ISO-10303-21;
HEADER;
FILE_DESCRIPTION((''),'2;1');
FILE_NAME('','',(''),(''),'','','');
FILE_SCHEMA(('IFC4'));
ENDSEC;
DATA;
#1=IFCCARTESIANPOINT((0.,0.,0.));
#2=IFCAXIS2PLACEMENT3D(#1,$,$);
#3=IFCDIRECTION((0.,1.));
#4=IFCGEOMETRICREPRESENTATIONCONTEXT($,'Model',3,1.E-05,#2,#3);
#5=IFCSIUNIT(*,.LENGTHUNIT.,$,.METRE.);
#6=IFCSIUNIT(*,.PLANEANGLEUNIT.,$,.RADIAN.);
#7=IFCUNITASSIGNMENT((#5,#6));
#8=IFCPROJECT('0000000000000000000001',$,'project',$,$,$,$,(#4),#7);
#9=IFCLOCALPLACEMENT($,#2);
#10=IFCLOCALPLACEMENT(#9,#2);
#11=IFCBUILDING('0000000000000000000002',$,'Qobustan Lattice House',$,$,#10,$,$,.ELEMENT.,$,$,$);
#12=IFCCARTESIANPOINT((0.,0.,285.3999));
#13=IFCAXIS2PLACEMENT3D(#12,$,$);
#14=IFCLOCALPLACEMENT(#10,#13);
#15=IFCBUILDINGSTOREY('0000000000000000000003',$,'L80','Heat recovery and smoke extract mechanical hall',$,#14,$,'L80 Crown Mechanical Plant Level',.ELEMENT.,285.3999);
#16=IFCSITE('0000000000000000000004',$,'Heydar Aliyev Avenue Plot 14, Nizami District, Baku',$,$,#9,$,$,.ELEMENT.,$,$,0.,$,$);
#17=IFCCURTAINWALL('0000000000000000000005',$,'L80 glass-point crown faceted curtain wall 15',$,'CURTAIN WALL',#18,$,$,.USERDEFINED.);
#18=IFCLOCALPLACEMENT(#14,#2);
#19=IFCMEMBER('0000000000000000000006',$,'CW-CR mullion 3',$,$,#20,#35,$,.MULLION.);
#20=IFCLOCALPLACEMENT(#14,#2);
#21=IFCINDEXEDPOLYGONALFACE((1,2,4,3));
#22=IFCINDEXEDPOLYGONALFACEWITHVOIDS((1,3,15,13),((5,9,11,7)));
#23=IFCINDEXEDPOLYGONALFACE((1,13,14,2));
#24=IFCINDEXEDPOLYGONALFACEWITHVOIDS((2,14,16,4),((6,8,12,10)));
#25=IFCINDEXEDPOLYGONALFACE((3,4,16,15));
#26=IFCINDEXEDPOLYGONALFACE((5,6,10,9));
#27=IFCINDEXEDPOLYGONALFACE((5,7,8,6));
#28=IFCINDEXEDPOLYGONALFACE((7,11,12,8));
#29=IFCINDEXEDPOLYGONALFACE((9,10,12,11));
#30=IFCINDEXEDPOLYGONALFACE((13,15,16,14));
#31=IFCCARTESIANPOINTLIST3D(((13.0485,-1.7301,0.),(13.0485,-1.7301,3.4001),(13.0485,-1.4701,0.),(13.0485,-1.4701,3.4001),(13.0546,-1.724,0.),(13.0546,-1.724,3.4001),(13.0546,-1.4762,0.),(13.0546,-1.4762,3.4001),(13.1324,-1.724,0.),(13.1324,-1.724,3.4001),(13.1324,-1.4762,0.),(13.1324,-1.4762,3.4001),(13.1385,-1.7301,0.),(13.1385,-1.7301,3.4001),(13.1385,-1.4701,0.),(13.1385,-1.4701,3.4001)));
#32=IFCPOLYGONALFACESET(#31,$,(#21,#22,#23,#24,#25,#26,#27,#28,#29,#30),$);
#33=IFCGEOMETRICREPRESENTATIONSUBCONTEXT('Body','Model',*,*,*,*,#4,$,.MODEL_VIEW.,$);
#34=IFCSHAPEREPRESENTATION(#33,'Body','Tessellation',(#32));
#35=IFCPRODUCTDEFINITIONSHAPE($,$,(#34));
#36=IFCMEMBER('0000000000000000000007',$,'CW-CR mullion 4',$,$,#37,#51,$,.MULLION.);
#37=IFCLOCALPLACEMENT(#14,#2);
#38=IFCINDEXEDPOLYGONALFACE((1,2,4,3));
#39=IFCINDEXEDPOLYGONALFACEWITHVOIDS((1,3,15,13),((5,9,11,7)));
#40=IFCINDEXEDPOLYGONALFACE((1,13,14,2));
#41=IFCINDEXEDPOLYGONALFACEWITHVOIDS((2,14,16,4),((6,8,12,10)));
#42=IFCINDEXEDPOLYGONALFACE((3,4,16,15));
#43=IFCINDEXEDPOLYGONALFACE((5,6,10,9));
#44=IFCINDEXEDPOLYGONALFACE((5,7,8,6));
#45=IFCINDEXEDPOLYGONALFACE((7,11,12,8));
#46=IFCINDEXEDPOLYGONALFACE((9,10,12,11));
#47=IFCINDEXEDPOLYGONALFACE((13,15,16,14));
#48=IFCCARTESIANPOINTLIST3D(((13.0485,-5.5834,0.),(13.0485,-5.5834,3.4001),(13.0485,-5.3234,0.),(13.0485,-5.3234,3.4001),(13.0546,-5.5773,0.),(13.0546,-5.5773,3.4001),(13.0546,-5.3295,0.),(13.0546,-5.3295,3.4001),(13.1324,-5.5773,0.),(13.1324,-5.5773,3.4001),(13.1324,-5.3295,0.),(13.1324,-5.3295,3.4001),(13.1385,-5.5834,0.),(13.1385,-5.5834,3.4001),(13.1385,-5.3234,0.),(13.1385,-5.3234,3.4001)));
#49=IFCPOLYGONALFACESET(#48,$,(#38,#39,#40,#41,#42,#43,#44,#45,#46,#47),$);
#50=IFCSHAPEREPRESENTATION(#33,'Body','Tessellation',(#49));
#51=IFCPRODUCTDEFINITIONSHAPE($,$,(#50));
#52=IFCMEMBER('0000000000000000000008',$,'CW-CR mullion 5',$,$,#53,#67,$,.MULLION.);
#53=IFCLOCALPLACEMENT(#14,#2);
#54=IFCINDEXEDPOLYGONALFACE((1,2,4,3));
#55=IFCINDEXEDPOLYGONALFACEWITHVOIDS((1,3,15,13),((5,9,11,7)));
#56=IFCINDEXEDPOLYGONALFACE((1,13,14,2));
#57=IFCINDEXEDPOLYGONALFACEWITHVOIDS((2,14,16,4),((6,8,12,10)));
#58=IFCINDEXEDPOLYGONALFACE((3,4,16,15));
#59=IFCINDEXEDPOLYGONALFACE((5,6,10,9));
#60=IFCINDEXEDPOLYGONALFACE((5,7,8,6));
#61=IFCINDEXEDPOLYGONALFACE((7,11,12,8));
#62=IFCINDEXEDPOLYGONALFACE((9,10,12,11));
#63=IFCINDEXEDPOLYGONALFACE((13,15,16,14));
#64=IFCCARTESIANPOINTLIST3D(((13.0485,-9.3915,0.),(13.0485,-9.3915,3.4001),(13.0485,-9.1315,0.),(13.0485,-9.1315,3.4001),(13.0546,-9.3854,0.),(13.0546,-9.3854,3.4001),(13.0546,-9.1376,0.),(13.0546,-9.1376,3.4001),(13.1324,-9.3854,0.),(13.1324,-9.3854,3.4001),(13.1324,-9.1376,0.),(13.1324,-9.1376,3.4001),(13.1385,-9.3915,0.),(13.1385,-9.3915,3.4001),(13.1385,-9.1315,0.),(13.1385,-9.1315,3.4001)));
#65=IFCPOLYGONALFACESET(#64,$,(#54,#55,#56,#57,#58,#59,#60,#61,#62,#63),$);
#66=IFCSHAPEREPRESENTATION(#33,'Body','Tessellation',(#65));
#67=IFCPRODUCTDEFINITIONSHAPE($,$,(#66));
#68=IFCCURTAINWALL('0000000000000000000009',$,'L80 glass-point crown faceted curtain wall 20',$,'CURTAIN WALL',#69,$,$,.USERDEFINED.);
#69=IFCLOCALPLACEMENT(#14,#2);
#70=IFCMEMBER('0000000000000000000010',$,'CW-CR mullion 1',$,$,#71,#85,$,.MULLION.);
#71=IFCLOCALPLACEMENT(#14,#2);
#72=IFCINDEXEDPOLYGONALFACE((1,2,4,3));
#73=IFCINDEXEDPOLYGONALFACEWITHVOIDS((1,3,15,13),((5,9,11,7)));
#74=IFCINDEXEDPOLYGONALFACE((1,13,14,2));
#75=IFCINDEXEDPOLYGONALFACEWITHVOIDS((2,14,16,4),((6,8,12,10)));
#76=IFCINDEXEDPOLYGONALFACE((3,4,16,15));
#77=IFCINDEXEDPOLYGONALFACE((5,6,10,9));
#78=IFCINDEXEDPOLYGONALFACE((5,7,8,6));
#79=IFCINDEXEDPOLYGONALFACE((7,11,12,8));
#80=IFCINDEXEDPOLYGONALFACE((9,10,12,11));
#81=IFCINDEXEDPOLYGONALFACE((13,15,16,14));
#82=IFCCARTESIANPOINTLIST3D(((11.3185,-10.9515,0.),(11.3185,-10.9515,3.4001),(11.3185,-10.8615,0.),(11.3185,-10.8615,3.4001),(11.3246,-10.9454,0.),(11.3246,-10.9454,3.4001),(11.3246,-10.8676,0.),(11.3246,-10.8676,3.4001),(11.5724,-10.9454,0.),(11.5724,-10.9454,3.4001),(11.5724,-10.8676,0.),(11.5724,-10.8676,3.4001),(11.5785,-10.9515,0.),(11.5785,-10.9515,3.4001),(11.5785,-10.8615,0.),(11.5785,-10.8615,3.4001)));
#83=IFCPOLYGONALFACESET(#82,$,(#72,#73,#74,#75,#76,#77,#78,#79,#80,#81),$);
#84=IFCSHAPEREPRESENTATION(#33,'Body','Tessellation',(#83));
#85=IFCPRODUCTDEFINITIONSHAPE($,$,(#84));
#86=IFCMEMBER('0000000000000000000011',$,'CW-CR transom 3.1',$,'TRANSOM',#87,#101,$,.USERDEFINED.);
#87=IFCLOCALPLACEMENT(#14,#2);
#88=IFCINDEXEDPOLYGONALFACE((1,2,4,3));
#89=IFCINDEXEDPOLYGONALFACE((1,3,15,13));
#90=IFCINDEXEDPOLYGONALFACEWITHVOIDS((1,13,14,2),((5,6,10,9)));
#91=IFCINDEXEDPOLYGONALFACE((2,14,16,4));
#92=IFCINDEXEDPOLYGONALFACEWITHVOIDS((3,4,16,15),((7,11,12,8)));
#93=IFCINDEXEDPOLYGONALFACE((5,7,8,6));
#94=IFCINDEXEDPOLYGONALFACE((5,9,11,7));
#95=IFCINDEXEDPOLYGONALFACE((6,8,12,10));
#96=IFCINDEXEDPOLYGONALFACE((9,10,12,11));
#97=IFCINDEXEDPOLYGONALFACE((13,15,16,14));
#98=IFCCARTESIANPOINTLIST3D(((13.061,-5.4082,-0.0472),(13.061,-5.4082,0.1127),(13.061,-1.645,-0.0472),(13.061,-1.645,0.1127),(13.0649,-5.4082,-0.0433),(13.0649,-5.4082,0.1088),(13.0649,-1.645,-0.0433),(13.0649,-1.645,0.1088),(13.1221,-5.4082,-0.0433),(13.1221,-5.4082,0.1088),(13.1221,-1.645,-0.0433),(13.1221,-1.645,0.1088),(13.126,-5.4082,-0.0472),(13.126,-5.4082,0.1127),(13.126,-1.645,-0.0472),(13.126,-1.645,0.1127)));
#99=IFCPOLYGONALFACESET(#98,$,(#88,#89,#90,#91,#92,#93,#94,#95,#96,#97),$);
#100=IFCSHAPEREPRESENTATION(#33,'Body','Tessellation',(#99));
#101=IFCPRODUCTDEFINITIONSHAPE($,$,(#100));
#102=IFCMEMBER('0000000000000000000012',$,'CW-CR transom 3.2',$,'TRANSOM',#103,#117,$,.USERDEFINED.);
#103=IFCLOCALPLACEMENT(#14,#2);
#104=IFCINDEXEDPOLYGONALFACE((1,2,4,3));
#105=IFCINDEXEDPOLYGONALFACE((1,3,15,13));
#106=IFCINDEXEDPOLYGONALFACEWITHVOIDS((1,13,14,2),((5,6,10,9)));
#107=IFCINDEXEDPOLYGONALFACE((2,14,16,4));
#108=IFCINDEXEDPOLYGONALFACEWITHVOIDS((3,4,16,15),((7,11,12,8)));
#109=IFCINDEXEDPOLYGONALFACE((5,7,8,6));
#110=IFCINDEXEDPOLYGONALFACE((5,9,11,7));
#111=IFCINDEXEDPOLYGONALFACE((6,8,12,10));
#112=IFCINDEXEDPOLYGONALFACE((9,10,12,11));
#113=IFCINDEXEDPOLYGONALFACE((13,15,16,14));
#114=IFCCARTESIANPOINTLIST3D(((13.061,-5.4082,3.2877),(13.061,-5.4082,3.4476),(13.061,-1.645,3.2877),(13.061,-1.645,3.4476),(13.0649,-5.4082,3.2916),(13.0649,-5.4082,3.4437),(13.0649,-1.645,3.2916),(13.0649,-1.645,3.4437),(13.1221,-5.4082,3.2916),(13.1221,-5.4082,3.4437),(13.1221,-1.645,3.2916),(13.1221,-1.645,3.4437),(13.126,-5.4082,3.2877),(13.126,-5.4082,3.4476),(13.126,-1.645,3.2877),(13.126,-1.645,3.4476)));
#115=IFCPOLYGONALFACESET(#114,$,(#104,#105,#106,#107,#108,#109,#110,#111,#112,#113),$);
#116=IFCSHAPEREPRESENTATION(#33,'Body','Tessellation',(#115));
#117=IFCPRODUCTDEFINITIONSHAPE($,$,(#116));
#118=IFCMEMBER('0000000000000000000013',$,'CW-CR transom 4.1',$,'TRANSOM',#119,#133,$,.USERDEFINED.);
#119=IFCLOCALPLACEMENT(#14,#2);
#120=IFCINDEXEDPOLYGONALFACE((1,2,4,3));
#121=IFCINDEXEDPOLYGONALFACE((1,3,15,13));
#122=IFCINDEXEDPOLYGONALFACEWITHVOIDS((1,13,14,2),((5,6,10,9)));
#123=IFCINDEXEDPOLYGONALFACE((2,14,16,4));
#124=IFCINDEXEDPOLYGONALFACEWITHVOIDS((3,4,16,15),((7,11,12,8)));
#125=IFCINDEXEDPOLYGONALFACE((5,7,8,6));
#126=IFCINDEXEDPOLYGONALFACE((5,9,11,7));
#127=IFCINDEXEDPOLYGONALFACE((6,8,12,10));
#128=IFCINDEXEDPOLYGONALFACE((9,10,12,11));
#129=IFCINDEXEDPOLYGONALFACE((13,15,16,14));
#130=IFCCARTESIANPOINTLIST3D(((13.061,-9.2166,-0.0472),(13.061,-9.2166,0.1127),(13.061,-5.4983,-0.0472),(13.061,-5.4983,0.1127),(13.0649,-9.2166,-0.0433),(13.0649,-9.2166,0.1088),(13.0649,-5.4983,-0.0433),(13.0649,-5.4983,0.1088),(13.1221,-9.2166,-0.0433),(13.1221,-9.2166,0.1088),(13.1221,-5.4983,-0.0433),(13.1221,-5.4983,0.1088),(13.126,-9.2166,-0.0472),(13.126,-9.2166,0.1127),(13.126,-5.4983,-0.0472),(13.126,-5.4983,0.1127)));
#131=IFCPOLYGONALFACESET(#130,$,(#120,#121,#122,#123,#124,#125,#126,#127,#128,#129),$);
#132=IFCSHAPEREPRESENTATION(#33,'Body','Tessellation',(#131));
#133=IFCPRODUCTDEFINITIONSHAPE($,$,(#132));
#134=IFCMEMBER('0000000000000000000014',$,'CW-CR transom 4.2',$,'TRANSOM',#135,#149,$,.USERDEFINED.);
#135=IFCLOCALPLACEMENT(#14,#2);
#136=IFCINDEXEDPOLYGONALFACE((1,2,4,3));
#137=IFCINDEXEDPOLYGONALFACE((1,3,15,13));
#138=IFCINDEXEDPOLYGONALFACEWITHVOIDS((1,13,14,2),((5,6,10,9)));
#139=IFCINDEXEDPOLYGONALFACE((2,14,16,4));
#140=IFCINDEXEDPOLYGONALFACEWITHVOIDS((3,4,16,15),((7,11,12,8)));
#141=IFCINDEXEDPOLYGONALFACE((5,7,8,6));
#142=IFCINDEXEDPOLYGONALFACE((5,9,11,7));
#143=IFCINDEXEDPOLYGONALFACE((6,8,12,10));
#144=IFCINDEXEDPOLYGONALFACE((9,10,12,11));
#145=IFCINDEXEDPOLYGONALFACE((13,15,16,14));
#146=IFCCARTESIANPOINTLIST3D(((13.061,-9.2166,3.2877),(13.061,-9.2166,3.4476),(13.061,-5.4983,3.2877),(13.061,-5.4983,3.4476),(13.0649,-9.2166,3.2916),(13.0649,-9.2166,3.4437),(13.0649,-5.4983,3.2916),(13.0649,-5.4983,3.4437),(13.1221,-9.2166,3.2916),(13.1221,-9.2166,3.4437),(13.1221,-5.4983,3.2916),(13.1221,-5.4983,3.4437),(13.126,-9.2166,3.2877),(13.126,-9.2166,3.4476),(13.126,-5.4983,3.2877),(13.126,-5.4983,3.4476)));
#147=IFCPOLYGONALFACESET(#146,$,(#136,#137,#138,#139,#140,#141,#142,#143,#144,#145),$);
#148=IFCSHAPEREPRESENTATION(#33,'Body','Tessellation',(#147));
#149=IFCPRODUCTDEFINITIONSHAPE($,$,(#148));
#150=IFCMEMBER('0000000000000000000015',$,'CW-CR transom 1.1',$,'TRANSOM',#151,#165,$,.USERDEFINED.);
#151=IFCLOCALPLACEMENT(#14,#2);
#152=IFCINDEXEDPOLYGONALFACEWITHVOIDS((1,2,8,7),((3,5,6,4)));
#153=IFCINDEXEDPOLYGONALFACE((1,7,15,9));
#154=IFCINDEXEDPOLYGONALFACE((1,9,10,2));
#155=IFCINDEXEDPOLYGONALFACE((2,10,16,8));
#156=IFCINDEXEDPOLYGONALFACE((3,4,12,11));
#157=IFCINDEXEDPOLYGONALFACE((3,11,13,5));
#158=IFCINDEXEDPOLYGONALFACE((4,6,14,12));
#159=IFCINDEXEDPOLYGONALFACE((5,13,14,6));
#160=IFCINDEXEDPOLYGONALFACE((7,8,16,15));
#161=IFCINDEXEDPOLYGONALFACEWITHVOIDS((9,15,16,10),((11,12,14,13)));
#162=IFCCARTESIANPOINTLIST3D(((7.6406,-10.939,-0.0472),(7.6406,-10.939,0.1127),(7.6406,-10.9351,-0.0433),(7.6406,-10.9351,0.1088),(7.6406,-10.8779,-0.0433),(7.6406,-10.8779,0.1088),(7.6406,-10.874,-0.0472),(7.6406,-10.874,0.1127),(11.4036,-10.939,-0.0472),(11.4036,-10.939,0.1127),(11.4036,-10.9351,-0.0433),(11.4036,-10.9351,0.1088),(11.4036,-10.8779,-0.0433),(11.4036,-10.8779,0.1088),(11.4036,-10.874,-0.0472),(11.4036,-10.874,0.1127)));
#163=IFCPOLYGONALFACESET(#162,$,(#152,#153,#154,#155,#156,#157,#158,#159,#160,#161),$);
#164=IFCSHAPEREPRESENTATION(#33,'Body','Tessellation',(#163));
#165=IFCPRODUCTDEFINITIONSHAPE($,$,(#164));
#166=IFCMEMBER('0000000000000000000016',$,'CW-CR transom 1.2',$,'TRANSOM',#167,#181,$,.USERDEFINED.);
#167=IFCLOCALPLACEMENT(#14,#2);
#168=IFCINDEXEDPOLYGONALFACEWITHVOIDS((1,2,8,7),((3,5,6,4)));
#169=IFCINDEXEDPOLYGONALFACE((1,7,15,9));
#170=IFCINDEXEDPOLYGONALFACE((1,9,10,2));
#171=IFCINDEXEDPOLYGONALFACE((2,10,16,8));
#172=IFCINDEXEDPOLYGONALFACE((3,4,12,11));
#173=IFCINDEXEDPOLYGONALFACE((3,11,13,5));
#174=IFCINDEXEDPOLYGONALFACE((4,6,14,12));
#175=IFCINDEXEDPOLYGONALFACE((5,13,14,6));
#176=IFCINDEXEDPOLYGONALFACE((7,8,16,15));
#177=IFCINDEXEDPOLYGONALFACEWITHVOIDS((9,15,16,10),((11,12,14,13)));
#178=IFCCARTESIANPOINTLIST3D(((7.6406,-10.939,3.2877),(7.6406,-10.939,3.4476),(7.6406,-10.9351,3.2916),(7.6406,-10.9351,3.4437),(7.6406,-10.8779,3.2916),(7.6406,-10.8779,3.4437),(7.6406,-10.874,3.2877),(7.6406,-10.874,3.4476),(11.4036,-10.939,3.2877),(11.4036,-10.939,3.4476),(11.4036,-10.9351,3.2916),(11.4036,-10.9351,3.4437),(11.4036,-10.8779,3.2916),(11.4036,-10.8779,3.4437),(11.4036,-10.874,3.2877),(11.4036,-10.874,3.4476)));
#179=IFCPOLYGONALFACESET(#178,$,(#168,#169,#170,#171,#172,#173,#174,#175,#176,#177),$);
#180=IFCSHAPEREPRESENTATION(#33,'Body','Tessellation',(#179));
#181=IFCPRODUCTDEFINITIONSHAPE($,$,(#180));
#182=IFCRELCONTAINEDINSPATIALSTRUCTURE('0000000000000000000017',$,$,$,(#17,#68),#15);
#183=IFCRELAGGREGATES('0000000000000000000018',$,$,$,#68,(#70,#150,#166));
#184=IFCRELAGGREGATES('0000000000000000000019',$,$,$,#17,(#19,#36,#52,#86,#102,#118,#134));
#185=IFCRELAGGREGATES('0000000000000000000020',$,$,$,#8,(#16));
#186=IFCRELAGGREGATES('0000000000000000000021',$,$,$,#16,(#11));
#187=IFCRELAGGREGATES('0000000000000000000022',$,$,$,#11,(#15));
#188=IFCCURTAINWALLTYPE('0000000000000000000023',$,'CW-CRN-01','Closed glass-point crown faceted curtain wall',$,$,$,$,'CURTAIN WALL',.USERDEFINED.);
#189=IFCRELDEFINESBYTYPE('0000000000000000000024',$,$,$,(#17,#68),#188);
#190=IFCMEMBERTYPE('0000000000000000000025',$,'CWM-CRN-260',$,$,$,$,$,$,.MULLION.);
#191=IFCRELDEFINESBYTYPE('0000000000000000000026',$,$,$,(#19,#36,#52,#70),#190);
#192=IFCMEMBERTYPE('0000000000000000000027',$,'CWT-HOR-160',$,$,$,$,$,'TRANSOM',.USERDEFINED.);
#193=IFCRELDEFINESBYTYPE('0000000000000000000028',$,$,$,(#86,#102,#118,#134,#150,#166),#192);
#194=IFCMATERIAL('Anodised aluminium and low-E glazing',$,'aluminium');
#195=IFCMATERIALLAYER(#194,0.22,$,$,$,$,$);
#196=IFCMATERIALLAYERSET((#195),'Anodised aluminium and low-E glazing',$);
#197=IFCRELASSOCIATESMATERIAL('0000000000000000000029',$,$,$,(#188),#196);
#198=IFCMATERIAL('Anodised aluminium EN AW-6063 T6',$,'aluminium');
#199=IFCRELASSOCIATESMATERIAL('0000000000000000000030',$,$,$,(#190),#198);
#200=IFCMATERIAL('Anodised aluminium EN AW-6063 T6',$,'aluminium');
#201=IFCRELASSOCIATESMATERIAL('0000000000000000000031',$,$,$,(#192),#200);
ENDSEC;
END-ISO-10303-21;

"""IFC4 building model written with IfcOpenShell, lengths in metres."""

from ifc_helpers import new_model, si_unit, direction, frame, origin, origin_2d, place, context, subcontext, project, spatial, hollow_rectangle, extrude, material, layer, layer_set, material_profile, profile_set, type_object, element, aggregate, save


model = new_model("IFC4")

# Units and contexts
model_context = context("Model", 3, precision=1e-05, world=origin(), true_north=direction((0.0, 1.0)))
body_context = subcontext(model_context, "Body", "Model", "MODEL_VIEW")
ifc_project = project(units=[si_unit("LENGTHUNIT", "METRE"), si_unit("PLANEANGLEUNIT", "RADIAN")], contexts=[model_context])

# Site, building, storey
site_placement = place(None, origin())
site = spatial("IfcSite", under=ifc_project, at=site_placement, Name="Heydar Aliyev Avenue Plot 14, Nizami District, Baku", CompositionType="ELEMENT", RefElevation=0.0)
building_placement = place(site_placement, origin())
building = spatial("IfcBuilding", under=site, at=building_placement, Name="Qobustan Lattice House", CompositionType="ELEMENT")
storey_placement = place(building_placement, frame((0.0, 0.0, 285.3999)))
storey = spatial("IfcBuildingStorey", under=building, at=storey_placement, Name="L80", Description="Heat recovery and smoke extract mechanical hall", LongName="L80 Crown Mechanical Plant Level", CompositionType="ELEMENT", Elevation=285.3999)

# Curtain wall, members
ifc_material_1 = material(Name="Anodised aluminium and low-E glazing", Category="aluminium")
ifc_layer_1 = layer(ifc_material_1, 0.22)
ifc_layer_set_1 = layer_set([ifc_layer_1], Name="Anodised aluminium and low-E glazing")
curtain_wall_type = type_object("IfcCurtainWallType", Name="CW-CRN-01", Description="Closed glass-point crown faceted curtain wall", ElementType="CURTAIN WALL", PredefinedType="USERDEFINED", material=ifc_layer_set_1)
curtain_wall_1_placement = place(storey_placement, origin())
curtain_wall_1 = element("IfcCurtainWall", 1, at=curtain_wall_1_placement, inside=storey, type_object=curtain_wall_type, Name="L80 glass-point crown faceted curtain wall 15", ObjectType="CURTAIN WALL", PredefinedType="USERDEFINED")
ifc_material_2 = material(Name="Anodised aluminium EN AW-6063 T6", Category="aluminium")
ifc_material_profile_1 = material_profile(ifc_material_2, hollow_rectangle(XDim=0.0901, YDim=0.26, WallThickness=0.0061, at=origin_2d()), Name="CWM-CROWN-260x90")
ifc_profile_set_1 = profile_set([ifc_material_profile_1], Name="Anodised aluminium EN AW-6063 T6")
member_type_1 = type_object("IfcMemberType", Name="CWM-CRN-260", PredefinedType="MULLION", material=ifc_profile_set_1)
member_1_placement = place(storey_placement, frame((13.0935, -1.6001, 0.0), z_axis=(0.0, 0.0, 1.0), x_axis=(1.0, 0.0, 0.0)))
member_1 = element("IfcMember", 2, at=member_1_placement, type_object=member_type_1, Name="CW-CR mullion 3", PredefinedType="MULLION", context=body_context, shape_type="SweptSolid", body=[
    extrude(hollow_rectangle(XDim=0.0901, YDim=0.26, WallThickness=0.0061, at=origin_2d()), origin(), (0.0, 0.0, 1.0), 3.4001),
])
member_2_placement = place(storey_placement, frame((13.0935, -5.4534, 0.0), z_axis=(0.0, 0.0, 1.0), x_axis=(1.0, 0.0, 0.0)))
member_2 = element("IfcMember", 3, at=member_2_placement, type_object=member_type_1, Name="CW-CR mullion 4", PredefinedType="MULLION", context=body_context, shape_type="SweptSolid", body=[
    extrude(hollow_rectangle(XDim=0.0901, YDim=0.26, WallThickness=0.0061, at=origin_2d()), origin(), (0.0, 0.0, 1.0), 3.4001),
])
member_3_placement = place(storey_placement, frame((13.0935, -9.2615, 0.0), z_axis=(0.0, 0.0, 1.0), x_axis=(1.0, 0.0, 0.0)))
member_3 = element("IfcMember", 4, at=member_3_placement, type_object=member_type_1, Name="CW-CR mullion 5", PredefinedType="MULLION", context=body_context, shape_type="SweptSolid", body=[
    extrude(hollow_rectangle(XDim=0.0901, YDim=0.26, WallThickness=0.0061, at=origin_2d()), origin(), (0.0, 0.0, 1.0), 3.4001),
])

# Curtain wall, member
curtain_wall_2_placement = place(storey_placement, origin())
curtain_wall_2 = element("IfcCurtainWall", 5, at=curtain_wall_2_placement, inside=storey, type_object=curtain_wall_type, Name="L80 glass-point crown faceted curtain wall 20", ObjectType="CURTAIN WALL", PredefinedType="USERDEFINED")
member_4_placement = place(storey_placement, frame((11.4485, -10.9065, 0.0), z_axis=(0.0, 0.0, 1.0), x_axis=(0.0, -1.0, 0.0)))
member_4 = element("IfcMember", 6, at=member_4_placement, type_object=member_type_1, Name="CW-CR mullion 1", PredefinedType="MULLION", context=body_context, shape_type="SweptSolid", body=[
    extrude(hollow_rectangle(XDim=0.0901, YDim=0.26, WallThickness=0.0061, at=origin_2d()), origin(), (0.0, 0.0, 1.0), 3.4001),
])

# Members
ifc_material_3 = material(Name="Anodised aluminium EN AW-6063 T6", Category="aluminium")
ifc_material_profile_2 = material_profile(ifc_material_3, hollow_rectangle(XDim=0.0649, YDim=0.1599, WallThickness=0.0039, at=origin_2d()), Name="CWT-160x65")
ifc_profile_set_2 = profile_set([ifc_material_profile_2], Name="Anodised aluminium EN AW-6063 T6")
member_type_2 = type_object("IfcMemberType", Name="CWT-HOR-160", ElementType="TRANSOM", PredefinedType="USERDEFINED", material=ifc_profile_set_2)
member_5_placement = place(storey_placement, frame((13.0935, -1.645, 0.0327), z_axis=(0.0, -1.0, 0.0), x_axis=(1.0, 0.0, 0.0)))
member_5 = element("IfcMember", 7, at=member_5_placement, type_object=member_type_2, Name="CW-CR transom 3.1", ObjectType="TRANSOM", PredefinedType="USERDEFINED", context=body_context, shape_type="SweptSolid", body=[
    extrude(hollow_rectangle(XDim=0.0649, YDim=0.1599, WallThickness=0.0039, at=origin_2d()), origin(), (0.0, 0.0, 1.0), 3.7632),
])
member_6_placement = place(storey_placement, frame((13.0935, -1.645, 3.3677), z_axis=(0.0, -1.0, 0.0), x_axis=(1.0, 0.0, 0.0)))
member_6 = element("IfcMember", 8, at=member_6_placement, type_object=member_type_2, Name="CW-CR transom 3.2", ObjectType="TRANSOM", PredefinedType="USERDEFINED", context=body_context, shape_type="SweptSolid", body=[
    extrude(hollow_rectangle(XDim=0.0649, YDim=0.1599, WallThickness=0.0039, at=origin_2d()), origin(), (0.0, 0.0, 1.0), 3.7632),
])
member_7_placement = place(storey_placement, frame((13.0935, -5.4983, 0.0327), z_axis=(0.0, -1.0, 0.0), x_axis=(1.0, 0.0, 0.0)))
member_7 = element("IfcMember", 9, at=member_7_placement, type_object=member_type_2, Name="CW-CR transom 4.1", ObjectType="TRANSOM", PredefinedType="USERDEFINED", context=body_context, shape_type="SweptSolid", body=[
    extrude(hollow_rectangle(XDim=0.0649, YDim=0.1599, WallThickness=0.0039, at=origin_2d()), origin(), (0.0, 0.0, 1.0), 3.7183),
])
member_8_placement = place(storey_placement, frame((13.0935, -5.4983, 3.3677), z_axis=(0.0, -1.0, 0.0), x_axis=(1.0, 0.0, 0.0)))
member_8 = element("IfcMember", 10, at=member_8_placement, type_object=member_type_2, Name="CW-CR transom 4.2", ObjectType="TRANSOM", PredefinedType="USERDEFINED", context=body_context, shape_type="SweptSolid", body=[
    extrude(hollow_rectangle(XDim=0.0649, YDim=0.1599, WallThickness=0.0039, at=origin_2d()), origin(), (0.0, 0.0, 1.0), 3.7183),
])
member_9_placement = place(storey_placement, frame((11.4036, -10.9065, 0.0327), z_axis=(-1.0, 0.0, 0.0), x_axis=(0.0, -1.0, 0.0)))
member_9 = element("IfcMember", 11, at=member_9_placement, type_object=member_type_2, Name="CW-CR transom 1.1", ObjectType="TRANSOM", PredefinedType="USERDEFINED", context=body_context, shape_type="SweptSolid", body=[
    extrude(hollow_rectangle(XDim=0.0649, YDim=0.1599, WallThickness=0.0039, at=origin_2d()), origin(), (0.0, 0.0, 1.0), 3.7629),
])
member_10_placement = place(storey_placement, frame((11.4036, -10.9065, 3.3677), z_axis=(-1.0, 0.0, 0.0), x_axis=(0.0, -1.0, 0.0)))
member_10 = element("IfcMember", 12, at=member_10_placement, type_object=member_type_2, Name="CW-CR transom 1.2", ObjectType="TRANSOM", PredefinedType="USERDEFINED", context=body_context, shape_type="SweptSolid", body=[
    extrude(hollow_rectangle(XDim=0.0649, YDim=0.1599, WallThickness=0.0039, at=origin_2d()), origin(), (0.0, 0.0, 1.0), 3.7629),
])
aggregate(curtain_wall_2, [member_4, member_9, member_10])

aggregate(curtain_wall_1, [member_1, member_2, member_3, member_5, member_6, member_7, member_8])

save(model, "model.ifc")
